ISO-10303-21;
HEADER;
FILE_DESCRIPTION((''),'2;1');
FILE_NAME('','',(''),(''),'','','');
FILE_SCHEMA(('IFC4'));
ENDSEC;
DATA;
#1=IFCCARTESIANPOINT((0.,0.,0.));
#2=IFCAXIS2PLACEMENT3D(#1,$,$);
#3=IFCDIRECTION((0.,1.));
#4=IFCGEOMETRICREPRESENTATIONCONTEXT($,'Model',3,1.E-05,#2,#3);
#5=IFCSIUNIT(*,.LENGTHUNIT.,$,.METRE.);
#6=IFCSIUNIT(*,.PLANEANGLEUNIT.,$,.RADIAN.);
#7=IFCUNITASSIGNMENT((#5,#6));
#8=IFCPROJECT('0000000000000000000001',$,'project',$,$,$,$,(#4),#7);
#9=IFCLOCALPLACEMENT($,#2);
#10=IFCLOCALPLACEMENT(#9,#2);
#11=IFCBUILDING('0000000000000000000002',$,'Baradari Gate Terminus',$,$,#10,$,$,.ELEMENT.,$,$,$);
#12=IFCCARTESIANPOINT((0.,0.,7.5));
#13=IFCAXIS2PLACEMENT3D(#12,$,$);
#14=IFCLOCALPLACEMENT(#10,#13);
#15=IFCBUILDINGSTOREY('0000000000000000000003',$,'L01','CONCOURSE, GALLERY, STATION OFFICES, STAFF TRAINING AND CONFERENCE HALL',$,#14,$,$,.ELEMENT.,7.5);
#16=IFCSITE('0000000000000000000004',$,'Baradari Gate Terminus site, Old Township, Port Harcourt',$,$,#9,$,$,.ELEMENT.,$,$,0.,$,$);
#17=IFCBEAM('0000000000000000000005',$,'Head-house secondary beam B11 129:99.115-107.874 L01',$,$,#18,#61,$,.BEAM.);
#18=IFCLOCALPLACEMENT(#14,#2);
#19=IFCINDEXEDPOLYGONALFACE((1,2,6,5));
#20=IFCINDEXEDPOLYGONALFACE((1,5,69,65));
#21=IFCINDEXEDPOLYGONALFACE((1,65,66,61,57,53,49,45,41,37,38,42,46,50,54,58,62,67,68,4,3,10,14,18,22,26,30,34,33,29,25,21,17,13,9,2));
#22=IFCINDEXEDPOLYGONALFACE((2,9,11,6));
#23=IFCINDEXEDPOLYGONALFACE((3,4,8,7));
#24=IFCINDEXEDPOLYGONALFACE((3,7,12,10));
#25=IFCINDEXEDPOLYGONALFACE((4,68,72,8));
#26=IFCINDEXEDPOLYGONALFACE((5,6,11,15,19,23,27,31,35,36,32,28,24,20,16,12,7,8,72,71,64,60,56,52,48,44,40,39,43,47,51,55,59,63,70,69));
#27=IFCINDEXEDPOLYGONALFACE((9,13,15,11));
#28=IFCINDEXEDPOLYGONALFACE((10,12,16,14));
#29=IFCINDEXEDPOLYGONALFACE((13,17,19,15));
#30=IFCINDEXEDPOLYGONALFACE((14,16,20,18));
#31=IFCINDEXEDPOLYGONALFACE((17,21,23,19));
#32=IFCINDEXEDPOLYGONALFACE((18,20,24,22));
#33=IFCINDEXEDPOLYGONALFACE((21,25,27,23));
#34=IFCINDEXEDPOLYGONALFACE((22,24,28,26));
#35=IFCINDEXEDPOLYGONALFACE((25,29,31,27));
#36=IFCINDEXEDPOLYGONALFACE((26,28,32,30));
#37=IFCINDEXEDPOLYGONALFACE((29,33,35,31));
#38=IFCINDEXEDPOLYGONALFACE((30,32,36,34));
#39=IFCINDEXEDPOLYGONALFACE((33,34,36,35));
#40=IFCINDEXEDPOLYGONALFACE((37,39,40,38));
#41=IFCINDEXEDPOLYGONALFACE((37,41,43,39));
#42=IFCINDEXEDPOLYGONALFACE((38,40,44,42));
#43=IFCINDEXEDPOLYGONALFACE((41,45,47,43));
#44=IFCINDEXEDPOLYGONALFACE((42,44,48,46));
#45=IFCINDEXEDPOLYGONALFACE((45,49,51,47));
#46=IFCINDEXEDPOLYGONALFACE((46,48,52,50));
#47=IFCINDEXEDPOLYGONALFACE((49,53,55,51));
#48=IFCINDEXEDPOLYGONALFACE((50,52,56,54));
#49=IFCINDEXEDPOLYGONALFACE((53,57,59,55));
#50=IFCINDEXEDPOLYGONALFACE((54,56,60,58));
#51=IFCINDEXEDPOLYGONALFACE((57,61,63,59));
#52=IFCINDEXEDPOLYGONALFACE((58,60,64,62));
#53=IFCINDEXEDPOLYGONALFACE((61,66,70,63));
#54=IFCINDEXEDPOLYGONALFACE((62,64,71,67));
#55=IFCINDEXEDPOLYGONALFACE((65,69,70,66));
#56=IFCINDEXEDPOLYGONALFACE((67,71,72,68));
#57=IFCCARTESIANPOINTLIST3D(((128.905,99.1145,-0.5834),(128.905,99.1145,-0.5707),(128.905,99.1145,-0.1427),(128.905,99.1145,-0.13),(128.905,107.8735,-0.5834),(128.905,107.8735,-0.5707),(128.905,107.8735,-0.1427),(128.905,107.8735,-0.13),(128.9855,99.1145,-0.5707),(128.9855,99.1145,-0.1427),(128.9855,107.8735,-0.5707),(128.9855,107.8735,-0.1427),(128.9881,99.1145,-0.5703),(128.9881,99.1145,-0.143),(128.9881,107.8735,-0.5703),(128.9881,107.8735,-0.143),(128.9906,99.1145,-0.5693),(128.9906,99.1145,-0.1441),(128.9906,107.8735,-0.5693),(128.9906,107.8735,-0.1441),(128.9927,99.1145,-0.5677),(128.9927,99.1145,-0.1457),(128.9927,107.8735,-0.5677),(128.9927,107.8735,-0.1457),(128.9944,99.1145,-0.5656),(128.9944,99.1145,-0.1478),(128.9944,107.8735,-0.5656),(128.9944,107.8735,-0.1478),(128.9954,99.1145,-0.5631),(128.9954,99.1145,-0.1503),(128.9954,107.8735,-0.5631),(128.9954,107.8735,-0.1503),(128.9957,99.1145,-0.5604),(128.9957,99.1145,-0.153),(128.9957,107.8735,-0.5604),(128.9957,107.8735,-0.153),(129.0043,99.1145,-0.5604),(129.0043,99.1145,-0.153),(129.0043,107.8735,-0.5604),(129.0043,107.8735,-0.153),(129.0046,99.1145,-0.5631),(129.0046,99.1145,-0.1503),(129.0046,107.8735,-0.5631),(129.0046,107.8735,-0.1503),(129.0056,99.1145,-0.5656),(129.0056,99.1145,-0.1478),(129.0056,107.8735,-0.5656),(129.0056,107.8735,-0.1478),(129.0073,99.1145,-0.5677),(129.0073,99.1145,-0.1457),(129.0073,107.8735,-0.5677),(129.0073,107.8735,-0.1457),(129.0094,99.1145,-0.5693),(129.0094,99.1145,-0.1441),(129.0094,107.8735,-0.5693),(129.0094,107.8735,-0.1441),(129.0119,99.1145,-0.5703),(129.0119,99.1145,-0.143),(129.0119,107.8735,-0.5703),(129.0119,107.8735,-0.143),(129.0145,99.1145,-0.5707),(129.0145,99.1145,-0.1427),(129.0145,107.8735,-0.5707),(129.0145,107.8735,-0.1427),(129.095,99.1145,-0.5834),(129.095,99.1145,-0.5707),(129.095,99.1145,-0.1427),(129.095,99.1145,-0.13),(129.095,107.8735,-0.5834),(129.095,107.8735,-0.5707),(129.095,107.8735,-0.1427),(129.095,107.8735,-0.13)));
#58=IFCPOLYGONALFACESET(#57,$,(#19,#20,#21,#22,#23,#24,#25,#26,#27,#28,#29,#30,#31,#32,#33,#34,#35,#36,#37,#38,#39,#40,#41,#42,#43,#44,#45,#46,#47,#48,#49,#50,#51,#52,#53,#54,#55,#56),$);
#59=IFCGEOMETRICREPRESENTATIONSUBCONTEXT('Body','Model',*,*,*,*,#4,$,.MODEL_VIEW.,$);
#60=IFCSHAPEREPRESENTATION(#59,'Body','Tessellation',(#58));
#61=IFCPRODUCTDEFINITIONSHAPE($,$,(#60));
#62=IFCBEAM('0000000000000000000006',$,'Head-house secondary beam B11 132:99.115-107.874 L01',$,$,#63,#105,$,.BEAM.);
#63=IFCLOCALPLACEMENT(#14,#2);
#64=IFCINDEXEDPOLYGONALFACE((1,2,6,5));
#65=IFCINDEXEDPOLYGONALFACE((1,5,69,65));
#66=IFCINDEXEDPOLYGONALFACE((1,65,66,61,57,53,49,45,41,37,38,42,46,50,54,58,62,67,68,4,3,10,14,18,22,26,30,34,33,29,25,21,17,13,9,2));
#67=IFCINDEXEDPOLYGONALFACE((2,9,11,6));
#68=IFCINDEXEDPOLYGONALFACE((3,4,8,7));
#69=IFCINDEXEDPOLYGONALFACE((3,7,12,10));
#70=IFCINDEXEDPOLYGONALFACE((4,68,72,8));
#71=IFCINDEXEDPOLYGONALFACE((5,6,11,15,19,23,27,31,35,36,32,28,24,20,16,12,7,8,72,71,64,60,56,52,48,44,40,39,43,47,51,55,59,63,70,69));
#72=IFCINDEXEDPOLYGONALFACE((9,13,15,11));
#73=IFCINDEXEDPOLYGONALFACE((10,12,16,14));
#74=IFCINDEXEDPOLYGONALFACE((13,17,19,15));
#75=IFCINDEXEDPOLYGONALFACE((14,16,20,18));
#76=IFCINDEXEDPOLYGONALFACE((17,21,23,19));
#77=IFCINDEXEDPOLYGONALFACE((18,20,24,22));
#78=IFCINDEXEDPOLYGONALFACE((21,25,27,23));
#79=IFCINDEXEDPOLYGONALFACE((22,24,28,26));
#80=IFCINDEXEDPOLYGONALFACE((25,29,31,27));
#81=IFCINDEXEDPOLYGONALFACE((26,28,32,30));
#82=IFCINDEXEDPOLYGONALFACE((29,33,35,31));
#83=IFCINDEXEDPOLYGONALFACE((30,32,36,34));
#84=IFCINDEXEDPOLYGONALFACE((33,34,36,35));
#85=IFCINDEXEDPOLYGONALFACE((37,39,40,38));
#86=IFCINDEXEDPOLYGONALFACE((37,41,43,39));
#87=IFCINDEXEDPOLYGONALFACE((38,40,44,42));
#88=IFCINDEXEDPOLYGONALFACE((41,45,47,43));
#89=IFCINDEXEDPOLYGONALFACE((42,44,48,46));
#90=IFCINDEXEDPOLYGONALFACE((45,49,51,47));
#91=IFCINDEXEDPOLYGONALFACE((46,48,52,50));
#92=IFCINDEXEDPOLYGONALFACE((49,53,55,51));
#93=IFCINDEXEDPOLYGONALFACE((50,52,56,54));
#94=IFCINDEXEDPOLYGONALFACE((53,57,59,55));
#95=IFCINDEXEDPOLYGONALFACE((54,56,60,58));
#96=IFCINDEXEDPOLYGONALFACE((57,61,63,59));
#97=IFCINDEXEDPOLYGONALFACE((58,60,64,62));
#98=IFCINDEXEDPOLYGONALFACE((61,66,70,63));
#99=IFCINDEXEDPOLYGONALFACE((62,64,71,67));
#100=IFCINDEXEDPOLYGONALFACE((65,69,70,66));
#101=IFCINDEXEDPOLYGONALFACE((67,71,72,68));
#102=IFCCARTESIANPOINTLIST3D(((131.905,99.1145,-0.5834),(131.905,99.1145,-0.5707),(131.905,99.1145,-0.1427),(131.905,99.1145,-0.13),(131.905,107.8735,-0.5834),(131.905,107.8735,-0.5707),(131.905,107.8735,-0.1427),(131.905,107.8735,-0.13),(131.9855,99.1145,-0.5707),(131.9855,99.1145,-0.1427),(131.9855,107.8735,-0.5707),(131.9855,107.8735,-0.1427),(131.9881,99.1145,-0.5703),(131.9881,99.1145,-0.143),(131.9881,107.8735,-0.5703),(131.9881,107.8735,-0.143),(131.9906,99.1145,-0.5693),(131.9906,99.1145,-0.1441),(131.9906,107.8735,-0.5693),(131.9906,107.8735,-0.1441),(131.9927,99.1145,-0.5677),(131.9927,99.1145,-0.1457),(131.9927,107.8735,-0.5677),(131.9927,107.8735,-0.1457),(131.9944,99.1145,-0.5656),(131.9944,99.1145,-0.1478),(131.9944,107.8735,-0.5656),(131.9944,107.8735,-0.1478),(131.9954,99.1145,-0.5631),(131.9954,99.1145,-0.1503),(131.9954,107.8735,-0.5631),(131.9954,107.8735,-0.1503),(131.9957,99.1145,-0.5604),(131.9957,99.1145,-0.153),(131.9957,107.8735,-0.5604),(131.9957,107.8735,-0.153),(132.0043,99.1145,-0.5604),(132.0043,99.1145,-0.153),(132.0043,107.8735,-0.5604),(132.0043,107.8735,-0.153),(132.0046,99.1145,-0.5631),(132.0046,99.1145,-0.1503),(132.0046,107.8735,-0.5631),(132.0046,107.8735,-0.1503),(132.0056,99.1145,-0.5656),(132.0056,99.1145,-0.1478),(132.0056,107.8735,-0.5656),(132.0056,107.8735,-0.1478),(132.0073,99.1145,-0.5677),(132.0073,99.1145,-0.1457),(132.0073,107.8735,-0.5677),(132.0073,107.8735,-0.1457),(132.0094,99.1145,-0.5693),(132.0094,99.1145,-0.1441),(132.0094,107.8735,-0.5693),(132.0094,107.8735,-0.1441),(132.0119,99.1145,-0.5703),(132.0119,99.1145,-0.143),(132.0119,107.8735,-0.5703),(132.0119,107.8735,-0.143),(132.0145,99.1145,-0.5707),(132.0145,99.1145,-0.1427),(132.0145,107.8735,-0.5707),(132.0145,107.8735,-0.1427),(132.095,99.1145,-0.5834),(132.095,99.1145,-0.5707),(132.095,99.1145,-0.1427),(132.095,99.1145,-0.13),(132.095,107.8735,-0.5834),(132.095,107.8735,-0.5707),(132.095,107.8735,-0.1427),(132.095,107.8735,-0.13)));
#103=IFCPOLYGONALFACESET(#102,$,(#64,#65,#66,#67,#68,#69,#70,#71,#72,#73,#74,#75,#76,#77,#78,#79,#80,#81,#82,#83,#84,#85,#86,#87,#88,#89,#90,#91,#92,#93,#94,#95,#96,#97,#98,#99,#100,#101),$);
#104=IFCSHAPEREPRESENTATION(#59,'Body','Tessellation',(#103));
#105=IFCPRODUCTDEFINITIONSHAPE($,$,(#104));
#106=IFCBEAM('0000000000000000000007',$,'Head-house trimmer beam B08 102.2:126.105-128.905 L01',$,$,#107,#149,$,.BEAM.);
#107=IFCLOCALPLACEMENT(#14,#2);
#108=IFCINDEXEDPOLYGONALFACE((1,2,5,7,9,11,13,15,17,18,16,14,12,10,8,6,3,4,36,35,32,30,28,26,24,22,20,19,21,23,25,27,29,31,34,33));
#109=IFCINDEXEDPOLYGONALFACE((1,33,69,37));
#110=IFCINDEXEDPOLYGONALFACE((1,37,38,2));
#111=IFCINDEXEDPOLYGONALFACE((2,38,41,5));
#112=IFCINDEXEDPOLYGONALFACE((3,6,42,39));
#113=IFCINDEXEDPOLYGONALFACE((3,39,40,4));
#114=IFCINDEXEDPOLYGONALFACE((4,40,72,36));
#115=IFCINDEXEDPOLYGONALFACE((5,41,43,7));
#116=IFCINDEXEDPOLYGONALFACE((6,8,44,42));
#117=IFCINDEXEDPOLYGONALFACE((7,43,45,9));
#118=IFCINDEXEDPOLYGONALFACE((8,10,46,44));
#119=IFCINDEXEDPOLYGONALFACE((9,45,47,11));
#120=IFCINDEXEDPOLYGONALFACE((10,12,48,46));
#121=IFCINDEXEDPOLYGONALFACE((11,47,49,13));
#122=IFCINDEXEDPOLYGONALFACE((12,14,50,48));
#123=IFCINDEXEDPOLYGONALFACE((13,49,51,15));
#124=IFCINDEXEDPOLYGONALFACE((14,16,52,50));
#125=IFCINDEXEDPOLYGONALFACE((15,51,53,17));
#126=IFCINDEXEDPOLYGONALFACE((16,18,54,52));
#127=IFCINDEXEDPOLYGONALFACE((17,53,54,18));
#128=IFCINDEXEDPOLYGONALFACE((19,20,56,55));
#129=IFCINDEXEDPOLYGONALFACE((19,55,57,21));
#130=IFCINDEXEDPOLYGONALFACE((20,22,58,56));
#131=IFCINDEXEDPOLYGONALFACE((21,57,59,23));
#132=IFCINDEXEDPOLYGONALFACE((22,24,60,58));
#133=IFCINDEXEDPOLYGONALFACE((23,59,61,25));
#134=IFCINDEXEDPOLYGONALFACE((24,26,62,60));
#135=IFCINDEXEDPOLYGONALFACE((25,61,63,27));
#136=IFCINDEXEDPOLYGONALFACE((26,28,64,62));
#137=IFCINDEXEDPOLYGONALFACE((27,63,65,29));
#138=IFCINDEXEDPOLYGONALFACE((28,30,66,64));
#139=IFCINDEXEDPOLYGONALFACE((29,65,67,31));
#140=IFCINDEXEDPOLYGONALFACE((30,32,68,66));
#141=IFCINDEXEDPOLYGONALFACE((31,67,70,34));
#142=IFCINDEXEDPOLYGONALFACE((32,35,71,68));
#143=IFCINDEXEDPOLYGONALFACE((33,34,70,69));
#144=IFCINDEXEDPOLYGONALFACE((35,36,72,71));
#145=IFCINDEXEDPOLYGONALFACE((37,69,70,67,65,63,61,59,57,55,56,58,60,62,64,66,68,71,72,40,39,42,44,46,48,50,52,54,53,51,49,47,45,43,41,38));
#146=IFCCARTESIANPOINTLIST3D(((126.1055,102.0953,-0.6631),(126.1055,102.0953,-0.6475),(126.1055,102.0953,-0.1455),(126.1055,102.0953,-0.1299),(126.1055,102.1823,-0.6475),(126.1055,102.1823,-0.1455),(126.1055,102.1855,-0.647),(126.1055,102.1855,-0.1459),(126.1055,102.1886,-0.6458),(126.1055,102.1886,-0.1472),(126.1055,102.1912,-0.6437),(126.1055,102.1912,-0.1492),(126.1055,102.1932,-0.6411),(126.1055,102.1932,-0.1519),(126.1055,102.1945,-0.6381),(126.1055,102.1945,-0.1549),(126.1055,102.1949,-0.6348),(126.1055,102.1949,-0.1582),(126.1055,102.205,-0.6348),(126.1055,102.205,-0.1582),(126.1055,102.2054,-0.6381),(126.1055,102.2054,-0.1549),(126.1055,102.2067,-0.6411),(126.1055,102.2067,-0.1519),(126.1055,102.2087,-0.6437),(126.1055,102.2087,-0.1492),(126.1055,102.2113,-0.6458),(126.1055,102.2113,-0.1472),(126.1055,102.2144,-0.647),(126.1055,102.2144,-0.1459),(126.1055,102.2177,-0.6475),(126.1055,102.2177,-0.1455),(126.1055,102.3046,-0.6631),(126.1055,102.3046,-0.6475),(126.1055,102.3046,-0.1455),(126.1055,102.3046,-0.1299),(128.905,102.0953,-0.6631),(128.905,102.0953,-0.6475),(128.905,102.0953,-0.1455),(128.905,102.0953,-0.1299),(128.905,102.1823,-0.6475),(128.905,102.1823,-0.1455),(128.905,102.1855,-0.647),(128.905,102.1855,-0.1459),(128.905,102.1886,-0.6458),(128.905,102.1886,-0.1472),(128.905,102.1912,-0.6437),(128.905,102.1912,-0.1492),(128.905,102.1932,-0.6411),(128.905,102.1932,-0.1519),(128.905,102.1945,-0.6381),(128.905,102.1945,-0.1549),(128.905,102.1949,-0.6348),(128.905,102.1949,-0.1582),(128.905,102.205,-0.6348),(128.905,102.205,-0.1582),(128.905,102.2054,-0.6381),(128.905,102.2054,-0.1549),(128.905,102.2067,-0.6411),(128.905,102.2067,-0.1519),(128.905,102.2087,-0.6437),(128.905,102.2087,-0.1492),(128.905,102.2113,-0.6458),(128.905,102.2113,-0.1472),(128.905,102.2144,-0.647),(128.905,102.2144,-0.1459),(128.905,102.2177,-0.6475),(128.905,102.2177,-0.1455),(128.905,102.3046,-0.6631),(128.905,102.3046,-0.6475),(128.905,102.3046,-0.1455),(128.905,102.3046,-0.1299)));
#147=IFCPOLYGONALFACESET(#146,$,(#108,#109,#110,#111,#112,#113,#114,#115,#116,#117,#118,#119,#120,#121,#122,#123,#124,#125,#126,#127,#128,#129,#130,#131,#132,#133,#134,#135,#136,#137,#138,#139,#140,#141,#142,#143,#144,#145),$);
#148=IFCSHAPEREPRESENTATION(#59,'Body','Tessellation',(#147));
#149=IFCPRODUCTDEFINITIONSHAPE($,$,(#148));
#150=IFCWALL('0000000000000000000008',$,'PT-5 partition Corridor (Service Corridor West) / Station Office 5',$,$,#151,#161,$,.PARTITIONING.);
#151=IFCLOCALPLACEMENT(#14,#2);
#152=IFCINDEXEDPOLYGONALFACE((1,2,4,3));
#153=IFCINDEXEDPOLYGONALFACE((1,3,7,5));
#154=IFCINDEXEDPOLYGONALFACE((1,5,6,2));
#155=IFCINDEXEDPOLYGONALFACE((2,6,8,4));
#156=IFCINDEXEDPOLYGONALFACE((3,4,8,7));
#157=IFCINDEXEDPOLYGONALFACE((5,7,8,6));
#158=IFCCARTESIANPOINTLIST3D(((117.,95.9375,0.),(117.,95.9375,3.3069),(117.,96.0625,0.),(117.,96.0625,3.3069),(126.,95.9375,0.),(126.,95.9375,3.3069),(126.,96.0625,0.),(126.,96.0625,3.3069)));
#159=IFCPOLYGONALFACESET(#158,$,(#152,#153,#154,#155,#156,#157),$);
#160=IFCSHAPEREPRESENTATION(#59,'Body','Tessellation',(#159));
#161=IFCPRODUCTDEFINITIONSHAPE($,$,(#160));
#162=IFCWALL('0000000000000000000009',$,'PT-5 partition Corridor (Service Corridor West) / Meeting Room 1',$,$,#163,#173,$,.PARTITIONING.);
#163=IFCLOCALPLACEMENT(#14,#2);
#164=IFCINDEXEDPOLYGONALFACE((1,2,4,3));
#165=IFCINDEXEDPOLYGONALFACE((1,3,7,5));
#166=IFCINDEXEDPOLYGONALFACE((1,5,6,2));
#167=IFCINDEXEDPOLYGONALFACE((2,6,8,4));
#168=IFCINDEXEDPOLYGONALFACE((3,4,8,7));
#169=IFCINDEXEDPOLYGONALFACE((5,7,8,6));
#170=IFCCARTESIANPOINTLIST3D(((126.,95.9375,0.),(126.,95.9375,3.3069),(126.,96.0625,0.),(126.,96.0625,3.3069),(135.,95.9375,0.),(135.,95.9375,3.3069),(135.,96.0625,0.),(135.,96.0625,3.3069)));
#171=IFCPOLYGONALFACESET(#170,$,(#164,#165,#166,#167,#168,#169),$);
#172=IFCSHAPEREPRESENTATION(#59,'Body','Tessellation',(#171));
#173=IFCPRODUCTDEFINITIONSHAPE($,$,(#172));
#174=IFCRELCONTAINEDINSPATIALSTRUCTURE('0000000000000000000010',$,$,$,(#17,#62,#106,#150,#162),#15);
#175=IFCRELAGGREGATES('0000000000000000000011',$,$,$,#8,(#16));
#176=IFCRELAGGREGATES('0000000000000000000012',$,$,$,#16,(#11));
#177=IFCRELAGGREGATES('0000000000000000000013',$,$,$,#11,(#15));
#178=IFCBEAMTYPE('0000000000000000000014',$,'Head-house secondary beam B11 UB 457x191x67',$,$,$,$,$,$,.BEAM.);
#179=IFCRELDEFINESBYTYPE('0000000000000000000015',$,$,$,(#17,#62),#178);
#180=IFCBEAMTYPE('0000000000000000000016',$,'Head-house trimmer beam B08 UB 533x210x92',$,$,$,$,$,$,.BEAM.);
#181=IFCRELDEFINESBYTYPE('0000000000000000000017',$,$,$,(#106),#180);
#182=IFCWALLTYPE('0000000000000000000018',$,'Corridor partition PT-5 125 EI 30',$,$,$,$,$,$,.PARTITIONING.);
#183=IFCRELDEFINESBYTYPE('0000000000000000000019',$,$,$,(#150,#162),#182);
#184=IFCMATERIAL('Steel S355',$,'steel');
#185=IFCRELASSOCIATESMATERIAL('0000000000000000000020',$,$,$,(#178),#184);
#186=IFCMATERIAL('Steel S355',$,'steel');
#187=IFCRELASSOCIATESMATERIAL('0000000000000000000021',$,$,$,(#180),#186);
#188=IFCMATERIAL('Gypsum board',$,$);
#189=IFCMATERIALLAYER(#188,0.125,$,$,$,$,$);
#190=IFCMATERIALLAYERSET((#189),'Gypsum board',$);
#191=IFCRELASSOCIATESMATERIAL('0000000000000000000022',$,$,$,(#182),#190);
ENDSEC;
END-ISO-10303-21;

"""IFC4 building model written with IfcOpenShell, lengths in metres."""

from ifc_helpers import new_model, si_unit, direction, frame, frame_2d, origin, origin_2d, place, context, subcontext, project, spatial, rectangle, i_section, extrude, material, layer, layer_set, material_profile, profile_set, type_object, element, save


model = new_model("IFC4")

# Units and contexts
model_context = context("Model", 3, precision=1e-05, world=origin(), true_north=direction((0.0, 1.0)))
body_context = subcontext(model_context, "Body", "Model", "MODEL_VIEW")
ifc_project = project(units=[si_unit("LENGTHUNIT", "METRE"), si_unit("PLANEANGLEUNIT", "RADIAN")], contexts=[model_context])

# Site, building, storey
site_placement = place(None, origin())
site = spatial("IfcSite", under=ifc_project, at=site_placement, Name="Baradari Gate Terminus site, Old Township, Port Harcourt", CompositionType="ELEMENT", RefElevation=0.0)
building_placement = place(site_placement, origin())
building = spatial("IfcBuilding", under=site, at=building_placement, Name="Baradari Gate Terminus", CompositionType="ELEMENT")
storey_placement = place(building_placement, frame((0.0, 0.0, 7.5)))
storey = spatial("IfcBuildingStorey", under=building, at=storey_placement, Name="L01", Description="CONCOURSE, GALLERY, STATION OFFICES, STAFF TRAINING AND CONFERENCE HALL", CompositionType="ELEMENT", Elevation=7.5)

# Beams
ifc_material_1 = material(Name="Steel S355", Category="steel")
ifc_material_profile_1 = material_profile(ifc_material_1, i_section(OverallWidth=0.1899, OverallDepth=0.4534, WebThickness=0.0085, FlangeThickness=0.0127, FilletRadius=0.0103, at=origin_2d()), Name="UB 457x191x67")
ifc_profile_set_1 = profile_set([ifc_material_profile_1], Name="Steel S355")
beam_type_1 = type_object("IfcBeamType", Name="Head-house secondary beam B11 UB 457x191x67", PredefinedType="BEAM", material=ifc_profile_set_1)
for number, where, z_axis, x_axis, name in (
    (1, (129.0, 99.1145, -0.3567), (0.0, 1.0, 0.0), (-1.0, 0.0, 0.0), "Head-house secondary beam B11 129:99.115-107.874 L01"),
    (2, (132.0, 99.1145, -0.3567), (0.0, 1.0, 0.0), (-1.0, 0.0, 0.0), "Head-house secondary beam B11 132:99.115-107.874 L01"),
):
    element("IfcBeam", number, at=place(storey_placement, frame(where, z_axis=z_axis, x_axis=x_axis)), inside=storey, type_object=beam_type_1, Name=name, PredefinedType="BEAM", context=body_context, shape_type="SweptSolid", body=[
        extrude(i_section(OverallWidth=0.1899, OverallDepth=0.4534, WebThickness=0.0085, FlangeThickness=0.0127, FilletRadius=0.0103, at=origin_2d()), origin(), (0.0, 0.0, 1.0), 8.759),
    ])
ifc_material_2 = material(Name="Steel S355", Category="steel")
ifc_material_profile_2 = material_profile(ifc_material_2, i_section(OverallWidth=0.2092, OverallDepth=0.5332, WebThickness=0.01, FlangeThickness=0.0156, FilletRadius=0.0127, at=origin_2d()), Name="UB 533x210x92")
ifc_profile_set_2 = profile_set([ifc_material_profile_2], Name="Steel S355")
beam_type_2 = type_object("IfcBeamType", Name="Head-house trimmer beam B08 UB 533x210x92", PredefinedType="BEAM", material=ifc_profile_set_2)
beam_1_placement = place(storey_placement, frame((126.1055, 102.2, -0.3965), z_axis=(1.0, 0.0, 0.0), x_axis=(0.0, 1.0, 0.0)))
element("IfcBeam", 3, at=beam_1_placement, inside=storey, type_object=beam_type_2, Name="Head-house trimmer beam B08 102.2:126.105-128.905 L01", PredefinedType="BEAM", context=body_context, shape_type="SweptSolid", body=[
    extrude(i_section(OverallWidth=0.2092, OverallDepth=0.5332, WebThickness=0.01, FlangeThickness=0.0156, FilletRadius=0.0127, at=origin_2d()), origin(), (0.0, 0.0, 1.0), 2.7996),
])

# Walls
ifc_material_3 = material(Name="Gypsum board")
ifc_layer_1 = layer(ifc_material_3, 0.125)
ifc_layer_set_1 = layer_set([ifc_layer_1], Name="Gypsum board")
wall_type_1 = type_object("IfcWallType", Name="Corridor partition PT-5 125 EI 30", PredefinedType="PARTITIONING", material=ifc_layer_set_1)
for number, where, z_axis, x_axis, name in (
    (4, (126.0, 96.0, 0.0), (0.0, 0.0, 1.0), (-1.0, 0.0, 0.0), "PT-5 partition Corridor (Service Corridor West) / Station Office 5"),
    (5, (135.0, 96.0, 0.0), (0.0, 0.0, 1.0), (-1.0, 0.0, 0.0), "PT-5 partition Corridor (Service Corridor West) / Meeting Room 1"),
):
    element("IfcWall", number, at=place(storey_placement, frame(where, z_axis=z_axis, x_axis=x_axis)), inside=storey, type_object=wall_type_1, Name=name, PredefinedType="PARTITIONING", context=body_context, shape_type="SweptSolid", body=[
        extrude(rectangle(XDim=9.0, YDim=0.125, at=frame_2d((4.5, 0.0))), origin(), (0.0, 0.0, 1.0), 3.3069),
    ])

save(model, "model.ifc")
